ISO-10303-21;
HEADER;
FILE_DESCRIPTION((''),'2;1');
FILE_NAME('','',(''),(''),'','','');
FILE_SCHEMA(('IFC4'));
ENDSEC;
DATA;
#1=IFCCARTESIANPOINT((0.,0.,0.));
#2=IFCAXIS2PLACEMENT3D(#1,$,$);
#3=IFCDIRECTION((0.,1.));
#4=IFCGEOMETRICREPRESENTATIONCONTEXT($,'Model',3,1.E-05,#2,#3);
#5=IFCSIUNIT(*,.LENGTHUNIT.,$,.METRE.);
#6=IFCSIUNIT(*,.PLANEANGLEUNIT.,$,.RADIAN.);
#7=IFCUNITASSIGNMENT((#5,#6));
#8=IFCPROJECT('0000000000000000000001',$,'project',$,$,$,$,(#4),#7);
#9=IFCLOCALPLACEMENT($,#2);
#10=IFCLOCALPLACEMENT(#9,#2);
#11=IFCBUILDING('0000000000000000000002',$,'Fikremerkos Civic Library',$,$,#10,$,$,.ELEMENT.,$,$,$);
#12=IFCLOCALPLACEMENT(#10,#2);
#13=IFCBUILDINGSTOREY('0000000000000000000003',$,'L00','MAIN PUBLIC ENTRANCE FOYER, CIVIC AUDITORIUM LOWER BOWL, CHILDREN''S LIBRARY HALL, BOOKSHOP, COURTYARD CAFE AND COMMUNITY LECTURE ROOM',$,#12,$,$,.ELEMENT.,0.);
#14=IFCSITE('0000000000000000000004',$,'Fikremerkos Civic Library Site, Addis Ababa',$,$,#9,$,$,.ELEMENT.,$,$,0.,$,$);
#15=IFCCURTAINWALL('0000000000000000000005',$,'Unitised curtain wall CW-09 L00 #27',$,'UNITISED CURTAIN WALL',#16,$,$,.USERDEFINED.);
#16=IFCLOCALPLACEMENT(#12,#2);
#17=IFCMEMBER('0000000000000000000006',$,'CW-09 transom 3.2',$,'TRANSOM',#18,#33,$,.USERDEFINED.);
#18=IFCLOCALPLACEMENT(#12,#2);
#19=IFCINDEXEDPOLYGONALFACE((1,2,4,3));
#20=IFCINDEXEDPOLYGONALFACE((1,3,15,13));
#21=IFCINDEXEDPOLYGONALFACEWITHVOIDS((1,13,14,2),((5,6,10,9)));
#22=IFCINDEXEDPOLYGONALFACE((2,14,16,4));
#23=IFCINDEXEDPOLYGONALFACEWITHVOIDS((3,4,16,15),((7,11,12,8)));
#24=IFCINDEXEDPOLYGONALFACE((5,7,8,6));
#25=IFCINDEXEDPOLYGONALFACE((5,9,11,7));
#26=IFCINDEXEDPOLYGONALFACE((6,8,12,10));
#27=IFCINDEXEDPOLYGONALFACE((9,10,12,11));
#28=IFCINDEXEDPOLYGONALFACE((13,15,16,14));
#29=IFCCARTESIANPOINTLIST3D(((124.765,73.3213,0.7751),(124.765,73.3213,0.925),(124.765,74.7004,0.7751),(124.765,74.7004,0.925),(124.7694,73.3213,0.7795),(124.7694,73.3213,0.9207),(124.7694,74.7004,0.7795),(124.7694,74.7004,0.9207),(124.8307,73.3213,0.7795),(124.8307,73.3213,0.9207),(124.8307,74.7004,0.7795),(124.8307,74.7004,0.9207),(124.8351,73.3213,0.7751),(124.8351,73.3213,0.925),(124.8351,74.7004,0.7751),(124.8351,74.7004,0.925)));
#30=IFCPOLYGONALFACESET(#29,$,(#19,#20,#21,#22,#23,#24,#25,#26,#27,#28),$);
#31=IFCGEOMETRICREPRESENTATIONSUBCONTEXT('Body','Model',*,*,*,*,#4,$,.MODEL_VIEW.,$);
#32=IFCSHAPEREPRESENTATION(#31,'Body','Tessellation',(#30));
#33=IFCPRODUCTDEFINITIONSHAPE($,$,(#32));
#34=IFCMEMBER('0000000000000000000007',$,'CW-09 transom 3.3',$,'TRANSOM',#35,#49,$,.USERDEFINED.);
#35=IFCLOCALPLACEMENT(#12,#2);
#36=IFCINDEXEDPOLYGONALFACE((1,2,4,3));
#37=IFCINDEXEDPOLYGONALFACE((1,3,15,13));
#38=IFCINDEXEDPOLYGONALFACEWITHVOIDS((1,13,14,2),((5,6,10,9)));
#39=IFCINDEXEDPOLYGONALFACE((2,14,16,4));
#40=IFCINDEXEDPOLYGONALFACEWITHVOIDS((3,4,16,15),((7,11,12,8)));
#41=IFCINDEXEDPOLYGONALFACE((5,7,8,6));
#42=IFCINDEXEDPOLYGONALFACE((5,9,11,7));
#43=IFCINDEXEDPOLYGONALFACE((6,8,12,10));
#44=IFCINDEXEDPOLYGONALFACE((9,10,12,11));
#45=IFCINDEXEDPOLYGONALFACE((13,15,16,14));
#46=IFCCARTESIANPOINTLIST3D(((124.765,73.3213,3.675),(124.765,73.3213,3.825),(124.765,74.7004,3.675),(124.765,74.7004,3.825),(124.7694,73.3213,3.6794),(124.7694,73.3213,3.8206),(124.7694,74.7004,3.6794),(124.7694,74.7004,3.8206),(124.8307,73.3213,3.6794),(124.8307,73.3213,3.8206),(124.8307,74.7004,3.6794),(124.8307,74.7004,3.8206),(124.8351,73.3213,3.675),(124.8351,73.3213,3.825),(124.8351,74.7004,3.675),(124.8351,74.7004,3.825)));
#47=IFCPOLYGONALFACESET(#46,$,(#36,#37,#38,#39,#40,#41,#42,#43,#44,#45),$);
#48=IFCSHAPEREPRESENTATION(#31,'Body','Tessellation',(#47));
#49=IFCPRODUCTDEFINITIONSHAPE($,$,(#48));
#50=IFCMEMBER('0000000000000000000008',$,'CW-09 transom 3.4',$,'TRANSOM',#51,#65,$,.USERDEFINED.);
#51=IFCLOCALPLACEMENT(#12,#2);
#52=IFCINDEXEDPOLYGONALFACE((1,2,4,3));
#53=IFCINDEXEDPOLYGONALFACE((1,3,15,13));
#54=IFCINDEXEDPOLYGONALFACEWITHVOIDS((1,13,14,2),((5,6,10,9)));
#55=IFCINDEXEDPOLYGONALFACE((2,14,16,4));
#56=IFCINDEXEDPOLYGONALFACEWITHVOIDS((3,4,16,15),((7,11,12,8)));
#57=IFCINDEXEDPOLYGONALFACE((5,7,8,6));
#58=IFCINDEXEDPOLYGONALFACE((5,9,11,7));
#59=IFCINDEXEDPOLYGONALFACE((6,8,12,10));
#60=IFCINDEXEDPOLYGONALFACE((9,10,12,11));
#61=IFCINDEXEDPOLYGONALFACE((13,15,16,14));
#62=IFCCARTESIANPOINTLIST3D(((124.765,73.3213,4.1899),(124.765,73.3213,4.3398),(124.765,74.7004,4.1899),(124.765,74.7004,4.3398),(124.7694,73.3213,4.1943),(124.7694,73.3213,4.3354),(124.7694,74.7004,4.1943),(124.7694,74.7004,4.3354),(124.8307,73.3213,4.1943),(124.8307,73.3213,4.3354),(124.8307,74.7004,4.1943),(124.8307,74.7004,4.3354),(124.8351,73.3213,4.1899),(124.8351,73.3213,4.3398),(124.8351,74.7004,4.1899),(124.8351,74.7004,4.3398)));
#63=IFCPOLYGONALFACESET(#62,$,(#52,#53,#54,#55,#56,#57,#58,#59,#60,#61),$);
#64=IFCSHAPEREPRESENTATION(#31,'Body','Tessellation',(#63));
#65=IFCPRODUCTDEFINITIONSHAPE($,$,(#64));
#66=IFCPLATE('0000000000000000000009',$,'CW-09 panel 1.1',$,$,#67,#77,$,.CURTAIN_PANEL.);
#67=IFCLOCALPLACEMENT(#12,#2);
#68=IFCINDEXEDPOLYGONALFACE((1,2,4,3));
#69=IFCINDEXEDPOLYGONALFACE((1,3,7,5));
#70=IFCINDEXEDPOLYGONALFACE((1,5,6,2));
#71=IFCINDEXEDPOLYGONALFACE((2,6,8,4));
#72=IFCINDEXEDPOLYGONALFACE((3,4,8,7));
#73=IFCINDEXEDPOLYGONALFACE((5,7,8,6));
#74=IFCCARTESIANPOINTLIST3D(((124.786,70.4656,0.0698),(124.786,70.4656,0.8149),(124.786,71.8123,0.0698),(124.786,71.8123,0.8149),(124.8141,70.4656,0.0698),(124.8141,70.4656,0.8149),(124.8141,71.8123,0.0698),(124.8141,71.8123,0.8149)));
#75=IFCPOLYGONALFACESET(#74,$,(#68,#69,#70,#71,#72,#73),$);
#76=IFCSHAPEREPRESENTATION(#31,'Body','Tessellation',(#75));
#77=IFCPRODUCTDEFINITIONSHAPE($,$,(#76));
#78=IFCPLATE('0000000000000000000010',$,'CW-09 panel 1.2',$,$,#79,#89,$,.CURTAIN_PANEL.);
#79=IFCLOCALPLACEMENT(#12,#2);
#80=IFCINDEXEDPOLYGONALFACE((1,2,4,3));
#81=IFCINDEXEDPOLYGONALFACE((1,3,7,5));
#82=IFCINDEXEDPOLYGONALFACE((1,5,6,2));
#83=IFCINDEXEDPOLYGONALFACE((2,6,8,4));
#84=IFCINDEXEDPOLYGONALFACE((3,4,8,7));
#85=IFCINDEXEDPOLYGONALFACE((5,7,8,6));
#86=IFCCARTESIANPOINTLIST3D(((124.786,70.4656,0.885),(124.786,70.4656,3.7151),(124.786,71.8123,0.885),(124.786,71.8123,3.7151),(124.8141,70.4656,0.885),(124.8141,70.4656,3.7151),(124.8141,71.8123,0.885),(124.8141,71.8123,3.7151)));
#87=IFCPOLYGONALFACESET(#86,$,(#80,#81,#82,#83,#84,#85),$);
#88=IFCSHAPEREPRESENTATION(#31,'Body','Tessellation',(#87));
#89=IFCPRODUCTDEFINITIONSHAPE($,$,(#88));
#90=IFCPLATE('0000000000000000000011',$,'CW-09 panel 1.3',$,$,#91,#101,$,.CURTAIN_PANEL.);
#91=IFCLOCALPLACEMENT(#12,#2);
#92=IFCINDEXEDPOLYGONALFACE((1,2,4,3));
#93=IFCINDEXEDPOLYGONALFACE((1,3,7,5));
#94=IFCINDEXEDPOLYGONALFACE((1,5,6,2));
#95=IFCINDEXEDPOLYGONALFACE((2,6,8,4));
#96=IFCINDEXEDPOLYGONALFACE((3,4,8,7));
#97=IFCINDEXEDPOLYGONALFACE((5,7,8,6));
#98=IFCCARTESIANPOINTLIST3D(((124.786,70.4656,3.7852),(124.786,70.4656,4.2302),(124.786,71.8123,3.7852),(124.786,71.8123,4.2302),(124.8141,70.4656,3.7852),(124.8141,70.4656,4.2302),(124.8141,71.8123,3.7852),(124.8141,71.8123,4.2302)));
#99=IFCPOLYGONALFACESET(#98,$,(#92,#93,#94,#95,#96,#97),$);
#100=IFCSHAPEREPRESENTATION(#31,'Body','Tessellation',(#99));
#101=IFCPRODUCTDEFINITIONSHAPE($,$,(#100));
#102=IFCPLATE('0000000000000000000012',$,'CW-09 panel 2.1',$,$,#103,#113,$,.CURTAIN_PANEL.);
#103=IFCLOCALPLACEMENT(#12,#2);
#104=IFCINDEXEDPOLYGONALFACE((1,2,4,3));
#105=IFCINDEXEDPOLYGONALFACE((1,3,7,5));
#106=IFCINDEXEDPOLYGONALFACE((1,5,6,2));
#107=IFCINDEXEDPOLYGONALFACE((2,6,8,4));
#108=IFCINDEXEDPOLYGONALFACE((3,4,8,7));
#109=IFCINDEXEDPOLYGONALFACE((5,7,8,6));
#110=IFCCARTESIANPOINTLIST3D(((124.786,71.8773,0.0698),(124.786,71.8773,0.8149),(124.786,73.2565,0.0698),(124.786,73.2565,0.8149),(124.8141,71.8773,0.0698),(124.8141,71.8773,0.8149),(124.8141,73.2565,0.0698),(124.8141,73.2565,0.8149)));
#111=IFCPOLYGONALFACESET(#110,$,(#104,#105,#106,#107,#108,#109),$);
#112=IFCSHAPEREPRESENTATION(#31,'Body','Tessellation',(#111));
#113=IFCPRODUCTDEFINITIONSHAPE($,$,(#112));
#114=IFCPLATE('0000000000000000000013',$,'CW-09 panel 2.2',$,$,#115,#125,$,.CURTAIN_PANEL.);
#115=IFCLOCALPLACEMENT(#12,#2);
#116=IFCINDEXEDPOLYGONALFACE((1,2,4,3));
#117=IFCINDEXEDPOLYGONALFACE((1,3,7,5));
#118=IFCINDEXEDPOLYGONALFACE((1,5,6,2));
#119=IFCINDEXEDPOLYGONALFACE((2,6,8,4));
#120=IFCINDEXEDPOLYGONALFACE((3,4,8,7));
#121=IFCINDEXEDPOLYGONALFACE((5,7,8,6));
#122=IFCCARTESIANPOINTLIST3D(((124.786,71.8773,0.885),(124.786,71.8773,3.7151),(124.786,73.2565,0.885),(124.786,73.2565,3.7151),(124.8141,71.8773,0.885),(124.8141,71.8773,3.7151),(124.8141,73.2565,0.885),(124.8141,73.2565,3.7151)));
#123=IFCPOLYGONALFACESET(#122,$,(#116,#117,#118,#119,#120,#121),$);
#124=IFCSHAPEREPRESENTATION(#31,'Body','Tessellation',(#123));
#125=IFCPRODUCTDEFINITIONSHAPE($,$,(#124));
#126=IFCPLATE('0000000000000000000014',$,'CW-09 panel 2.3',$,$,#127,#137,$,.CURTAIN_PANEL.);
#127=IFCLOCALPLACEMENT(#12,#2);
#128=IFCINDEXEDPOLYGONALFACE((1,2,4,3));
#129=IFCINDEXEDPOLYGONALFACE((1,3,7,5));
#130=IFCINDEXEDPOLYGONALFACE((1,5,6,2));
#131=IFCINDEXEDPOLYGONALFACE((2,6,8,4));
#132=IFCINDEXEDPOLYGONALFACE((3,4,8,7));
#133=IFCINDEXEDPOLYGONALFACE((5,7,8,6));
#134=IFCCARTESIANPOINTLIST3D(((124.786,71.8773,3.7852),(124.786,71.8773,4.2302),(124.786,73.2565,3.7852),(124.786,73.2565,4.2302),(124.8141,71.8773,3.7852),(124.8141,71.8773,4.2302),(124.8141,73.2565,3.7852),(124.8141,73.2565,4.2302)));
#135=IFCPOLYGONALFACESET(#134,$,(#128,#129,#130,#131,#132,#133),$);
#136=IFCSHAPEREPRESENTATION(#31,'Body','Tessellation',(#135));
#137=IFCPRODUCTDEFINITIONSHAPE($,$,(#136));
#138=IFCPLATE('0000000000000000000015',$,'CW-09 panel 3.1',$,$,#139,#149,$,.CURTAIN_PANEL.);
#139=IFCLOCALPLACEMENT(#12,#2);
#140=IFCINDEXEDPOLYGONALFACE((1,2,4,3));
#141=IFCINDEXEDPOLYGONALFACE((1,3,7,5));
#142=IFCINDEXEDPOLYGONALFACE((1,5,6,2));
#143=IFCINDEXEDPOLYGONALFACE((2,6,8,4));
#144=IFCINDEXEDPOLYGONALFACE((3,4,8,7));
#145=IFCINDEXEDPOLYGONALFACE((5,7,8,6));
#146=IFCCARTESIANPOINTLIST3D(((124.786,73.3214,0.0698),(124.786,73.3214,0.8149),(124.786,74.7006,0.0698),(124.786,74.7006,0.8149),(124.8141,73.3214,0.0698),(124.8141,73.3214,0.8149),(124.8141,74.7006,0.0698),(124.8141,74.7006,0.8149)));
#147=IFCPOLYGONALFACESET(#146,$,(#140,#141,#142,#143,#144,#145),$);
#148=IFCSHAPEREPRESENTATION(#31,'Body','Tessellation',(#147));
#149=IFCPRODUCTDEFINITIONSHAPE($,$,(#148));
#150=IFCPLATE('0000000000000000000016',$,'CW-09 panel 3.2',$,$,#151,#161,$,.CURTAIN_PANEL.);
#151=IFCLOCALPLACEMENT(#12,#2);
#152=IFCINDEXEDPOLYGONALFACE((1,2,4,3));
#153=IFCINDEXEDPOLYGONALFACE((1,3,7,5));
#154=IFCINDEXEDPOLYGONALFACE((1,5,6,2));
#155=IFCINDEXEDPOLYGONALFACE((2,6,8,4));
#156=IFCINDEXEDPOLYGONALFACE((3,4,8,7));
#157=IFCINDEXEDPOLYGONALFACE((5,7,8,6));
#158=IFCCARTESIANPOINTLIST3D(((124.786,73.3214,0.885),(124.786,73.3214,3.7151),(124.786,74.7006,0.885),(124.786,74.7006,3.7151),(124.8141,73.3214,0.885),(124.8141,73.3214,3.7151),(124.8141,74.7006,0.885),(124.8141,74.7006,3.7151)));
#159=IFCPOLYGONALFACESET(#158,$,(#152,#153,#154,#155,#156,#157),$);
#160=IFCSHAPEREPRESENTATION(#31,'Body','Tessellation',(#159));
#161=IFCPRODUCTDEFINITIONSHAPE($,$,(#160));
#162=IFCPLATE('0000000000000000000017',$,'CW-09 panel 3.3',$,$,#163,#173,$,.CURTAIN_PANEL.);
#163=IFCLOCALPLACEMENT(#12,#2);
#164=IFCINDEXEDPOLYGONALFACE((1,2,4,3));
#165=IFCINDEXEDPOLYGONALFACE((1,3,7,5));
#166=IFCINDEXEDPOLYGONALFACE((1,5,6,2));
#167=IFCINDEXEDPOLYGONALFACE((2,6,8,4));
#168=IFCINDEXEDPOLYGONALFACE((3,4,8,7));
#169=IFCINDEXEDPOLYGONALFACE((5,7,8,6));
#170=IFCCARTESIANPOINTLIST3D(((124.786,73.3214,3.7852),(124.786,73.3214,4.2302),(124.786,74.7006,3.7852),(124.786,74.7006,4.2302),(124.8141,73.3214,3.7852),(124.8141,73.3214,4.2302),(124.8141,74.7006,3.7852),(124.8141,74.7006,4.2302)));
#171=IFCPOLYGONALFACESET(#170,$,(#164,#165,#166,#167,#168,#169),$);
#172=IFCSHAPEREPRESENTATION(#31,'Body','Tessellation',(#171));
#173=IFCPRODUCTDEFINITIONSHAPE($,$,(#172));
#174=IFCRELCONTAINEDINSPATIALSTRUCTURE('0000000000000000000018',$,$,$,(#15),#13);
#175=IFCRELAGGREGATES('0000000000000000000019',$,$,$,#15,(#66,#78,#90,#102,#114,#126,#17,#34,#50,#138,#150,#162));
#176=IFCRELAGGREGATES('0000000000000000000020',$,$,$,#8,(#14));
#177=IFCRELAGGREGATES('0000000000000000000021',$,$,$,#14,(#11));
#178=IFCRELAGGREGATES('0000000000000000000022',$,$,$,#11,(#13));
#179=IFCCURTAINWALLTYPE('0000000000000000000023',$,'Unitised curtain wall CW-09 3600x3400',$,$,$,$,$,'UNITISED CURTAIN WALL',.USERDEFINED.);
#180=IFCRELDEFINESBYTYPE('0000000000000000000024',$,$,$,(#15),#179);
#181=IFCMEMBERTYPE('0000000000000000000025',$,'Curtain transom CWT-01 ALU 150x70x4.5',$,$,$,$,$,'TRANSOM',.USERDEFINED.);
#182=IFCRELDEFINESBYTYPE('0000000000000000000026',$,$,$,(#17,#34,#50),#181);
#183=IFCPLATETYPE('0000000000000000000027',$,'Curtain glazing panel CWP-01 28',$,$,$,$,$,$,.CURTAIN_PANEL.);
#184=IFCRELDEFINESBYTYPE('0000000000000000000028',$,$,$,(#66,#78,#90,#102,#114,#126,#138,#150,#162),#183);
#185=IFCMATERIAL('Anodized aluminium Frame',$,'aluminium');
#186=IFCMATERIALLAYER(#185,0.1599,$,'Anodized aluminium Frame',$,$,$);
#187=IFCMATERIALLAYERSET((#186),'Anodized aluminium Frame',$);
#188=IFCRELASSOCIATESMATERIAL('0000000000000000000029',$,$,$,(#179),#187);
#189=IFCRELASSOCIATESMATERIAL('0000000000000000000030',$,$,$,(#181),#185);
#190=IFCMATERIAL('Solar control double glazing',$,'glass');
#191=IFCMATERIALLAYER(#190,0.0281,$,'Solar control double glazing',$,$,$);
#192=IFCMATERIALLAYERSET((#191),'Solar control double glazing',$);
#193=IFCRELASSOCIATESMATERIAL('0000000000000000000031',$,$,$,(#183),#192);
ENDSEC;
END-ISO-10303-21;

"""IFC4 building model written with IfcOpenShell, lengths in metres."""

from ifc_helpers import new_model, si_unit, direction, frame, origin, origin_2d, place, context, subcontext, project, spatial, rectangle, hollow_rectangle, extrude, material, layer, layer_set, material_profile, profile_set, type_object, element, aggregate, save


model = new_model("IFC4")

# Units and contexts
model_context = context("Model", 3, precision=1e-05, world=origin(), true_north=direction((0.0, 1.0)))
body_context = subcontext(model_context, "Body", "Model", "MODEL_VIEW")
ifc_project = project(units=[si_unit("LENGTHUNIT", "METRE"), si_unit("PLANEANGLEUNIT", "RADIAN")], contexts=[model_context])

# Site, building, storey
site_placement = place(None, origin())
site = spatial("IfcSite", under=ifc_project, at=site_placement, Name="Fikremerkos Civic Library Site, Addis Ababa", CompositionType="ELEMENT", RefElevation=0.0)
building_placement = place(site_placement, origin())
building = spatial("IfcBuilding", under=site, at=building_placement, Name="Fikremerkos Civic Library", CompositionType="ELEMENT")
storey_placement = place(building_placement, origin())
storey = spatial("IfcBuildingStorey", under=building, at=storey_placement, Name="L00", Description="MAIN PUBLIC ENTRANCE FOYER, CIVIC AUDITORIUM LOWER BOWL, CHILDREN'S LIBRARY HALL, BOOKSHOP, COURTYARD CAFE AND COMMUNITY LECTURE ROOM", CompositionType="ELEMENT", Elevation=0.0)

# Curtain wall, members, plates
ifc_material_1 = material(Name="Anodized aluminium Frame", Category="aluminium")
ifc_layer_1 = layer(ifc_material_1, 0.1599, Name="Anodized aluminium Frame")
ifc_layer_set_1 = layer_set([ifc_layer_1], Name="Anodized aluminium Frame")
curtain_wall_type = type_object("IfcCurtainWallType", Name="Unitised curtain wall CW-09 3600x3400", ElementType="UNITISED CURTAIN WALL", PredefinedType="USERDEFINED", material=ifc_layer_set_1)
curtain_wall_placement = place(storey_placement, origin())
curtain_wall = element("IfcCurtainWall", 1, at=curtain_wall_placement, inside=storey, type_object=curtain_wall_type, Name="Unitised curtain wall CW-09 L00 #27", ObjectType="UNITISED CURTAIN WALL", PredefinedType="USERDEFINED")
ifc_material_profile_1 = material_profile(ifc_material_1, hollow_rectangle(XDim=0.0701, YDim=0.1499, WallThickness=0.0044, at=origin_2d()), Name="ALU 150x70x4.5")
ifc_profile_set_1 = profile_set([ifc_material_profile_1], Name="Anodized aluminium Frame")
member_type_1 = type_object("IfcMemberType", Name="Curtain transom CWT-01 ALU 150x70x4.5", ElementType="TRANSOM", PredefinedType="USERDEFINED", material=ifc_profile_set_1)
member_1_placement = place(storey_placement, frame((124.8, 73.3213, 0.8501), z_axis=(0.0, 1.0, 0.0), x_axis=(-1.0, 0.0, 0.0)))
member_1 = element("IfcMember", 2, at=member_1_placement, type_object=member_type_1, Name="CW-09 transom 3.2", ObjectType="TRANSOM", PredefinedType="USERDEFINED", context=body_context, shape_type="SweptSolid", body=[
    extrude(hollow_rectangle(XDim=0.0701, YDim=0.1499, WallThickness=0.0044, at=origin_2d()), origin(), (0.0, 0.0, 1.0), 1.3792),
])
member_2_placement = place(storey_placement, frame((124.8, 73.3213, 3.75), z_axis=(0.0, 1.0, 0.0), x_axis=(-1.0, 0.0, 0.0)))
member_2 = element("IfcMember", 3, at=member_2_placement, type_object=member_type_1, Name="CW-09 transom 3.3", ObjectType="TRANSOM", PredefinedType="USERDEFINED", context=body_context, shape_type="SweptSolid", body=[
    extrude(hollow_rectangle(XDim=0.0701, YDim=0.1499, WallThickness=0.0044, at=origin_2d()), origin(), (0.0, 0.0, 1.0), 1.3792),
])
member_3_placement = place(storey_placement, frame((124.8, 73.3213, 4.2649), z_axis=(0.0, 1.0, 0.0), x_axis=(-1.0, 0.0, 0.0)))
member_3 = element("IfcMember", 4, at=member_3_placement, type_object=member_type_1, Name="CW-09 transom 3.4", ObjectType="TRANSOM", PredefinedType="USERDEFINED", context=body_context, shape_type="SweptSolid", body=[
    extrude(hollow_rectangle(XDim=0.0701, YDim=0.1499, WallThickness=0.0044, at=origin_2d()), origin(), (0.0, 0.0, 1.0), 1.3792),
])
ifc_material_2 = material(Name="Solar control double glazing", Category="glass")
ifc_layer_2 = layer(ifc_material_2, 0.0281, Name="Solar control double glazing")
ifc_layer_set_2 = layer_set([ifc_layer_2], Name="Solar control double glazing")
plate_type = type_object("IfcPlateType", Name="Curtain glazing panel CWP-01 28", PredefinedType="CURTAIN_PANEL", material=ifc_layer_set_2)
plate_1_placement = place(storey_placement, frame((124.8, 71.1389, 0.0698), z_axis=(0.0, 0.0, 1.0), x_axis=(0.0, 1.0, 0.0)))
plate_1 = element("IfcPlate", 5, at=plate_1_placement, type_object=plate_type, Name="CW-09 panel 1.1", PredefinedType="CURTAIN_PANEL", context=body_context, shape_type="SweptSolid", body=[
    extrude(rectangle(XDim=1.3467, YDim=0.0281, at=origin_2d()), origin(), (0.0, 0.0, 1.0), 0.7451),
])
plate_2_placement = place(storey_placement, frame((124.8, 71.1389, 0.885), z_axis=(0.0, 0.0, 1.0), x_axis=(0.0, 1.0, 0.0)))
plate_2 = element("IfcPlate", 6, at=plate_2_placement, type_object=plate_type, Name="CW-09 panel 1.2", PredefinedType="CURTAIN_PANEL", context=body_context, shape_type="SweptSolid", body=[
    extrude(rectangle(XDim=1.3467, YDim=0.0281, at=origin_2d()), origin(), (0.0, 0.0, 1.0), 2.8301),
])
plate_3_placement = place(storey_placement, frame((124.8, 71.1389, 3.7852), z_axis=(0.0, 0.0, 1.0), x_axis=(0.0, 1.0, 0.0)))
plate_3 = element("IfcPlate", 7, at=plate_3_placement, type_object=plate_type, Name="CW-09 panel 1.3", PredefinedType="CURTAIN_PANEL", context=body_context, shape_type="SweptSolid", body=[
    extrude(rectangle(XDim=1.3467, YDim=0.0281, at=origin_2d()), origin(), (0.0, 0.0, 1.0), 0.4451),
])
plate_4_placement = place(storey_placement, frame((124.8, 72.5669, 0.0698), z_axis=(0.0, 0.0, 1.0), x_axis=(0.0, 1.0, 0.0)))
plate_4 = element("IfcPlate", 8, at=plate_4_placement, type_object=plate_type, Name="CW-09 panel 2.1", PredefinedType="CURTAIN_PANEL", context=body_context, shape_type="SweptSolid", body=[
    extrude(rectangle(XDim=1.3792, YDim=0.0281, at=origin_2d()), origin(), (0.0, 0.0, 1.0), 0.7451),
])
plate_5_placement = place(storey_placement, frame((124.8, 72.5669, 0.885), z_axis=(0.0, 0.0, 1.0), x_axis=(0.0, 1.0, 0.0)))
plate_5 = element("IfcPlate", 9, at=plate_5_placement, type_object=plate_type, Name="CW-09 panel 2.2", PredefinedType="CURTAIN_PANEL", context=body_context, shape_type="SweptSolid", body=[
    extrude(rectangle(XDim=1.3792, YDim=0.0281, at=origin_2d()), origin(), (0.0, 0.0, 1.0), 2.8301),
])
plate_6_placement = place(storey_placement, frame((124.8, 72.5669, 3.7852), z_axis=(0.0, 0.0, 1.0), x_axis=(0.0, 1.0, 0.0)))
plate_6 = element("IfcPlate", 10, at=plate_6_placement, type_object=plate_type, Name="CW-09 panel 2.3", PredefinedType="CURTAIN_PANEL", context=body_context, shape_type="SweptSolid", body=[
    extrude(rectangle(XDim=1.3792, YDim=0.0281, at=origin_2d()), origin(), (0.0, 0.0, 1.0), 0.4451),
])
plate_7_placement = place(storey_placement, frame((124.8, 74.011, 0.0698), z_axis=(0.0, 0.0, 1.0), x_axis=(0.0, 1.0, 0.0)))
plate_7 = element("IfcPlate", 11, at=plate_7_placement, type_object=plate_type, Name="CW-09 panel 3.1", PredefinedType="CURTAIN_PANEL", context=body_context, shape_type="SweptSolid", body=[
    extrude(rectangle(XDim=1.3792, YDim=0.0281, at=origin_2d()), origin(), (0.0, 0.0, 1.0), 0.7451),
])
plate_8_placement = place(storey_placement, frame((124.8, 74.011, 0.885), z_axis=(0.0, 0.0, 1.0), x_axis=(0.0, 1.0, 0.0)))
plate_8 = element("IfcPlate", 12, at=plate_8_placement, type_object=plate_type, Name="CW-09 panel 3.2", PredefinedType="CURTAIN_PANEL", context=body_context, shape_type="SweptSolid", body=[
    extrude(rectangle(XDim=1.3792, YDim=0.0281, at=origin_2d()), origin(), (0.0, 0.0, 1.0), 2.8301),
])
plate_9_placement = place(storey_placement, frame((124.8, 74.011, 3.7852), z_axis=(0.0, 0.0, 1.0), x_axis=(0.0, 1.0, 0.0)))
plate_9 = element("IfcPlate", 13, at=plate_9_placement, type_object=plate_type, Name="CW-09 panel 3.3", PredefinedType="CURTAIN_PANEL", context=body_context, shape_type="SweptSolid", body=[
    extrude(rectangle(XDim=1.3792, YDim=0.0281, at=origin_2d()), origin(), (0.0, 0.0, 1.0), 0.4451),
])
aggregate(curtain_wall, [plate_1, plate_2, plate_3, plate_4, plate_5, plate_6, member_1, member_2, member_3, plate_7, plate_8, plate_9])

save(model, "model.ifc")
